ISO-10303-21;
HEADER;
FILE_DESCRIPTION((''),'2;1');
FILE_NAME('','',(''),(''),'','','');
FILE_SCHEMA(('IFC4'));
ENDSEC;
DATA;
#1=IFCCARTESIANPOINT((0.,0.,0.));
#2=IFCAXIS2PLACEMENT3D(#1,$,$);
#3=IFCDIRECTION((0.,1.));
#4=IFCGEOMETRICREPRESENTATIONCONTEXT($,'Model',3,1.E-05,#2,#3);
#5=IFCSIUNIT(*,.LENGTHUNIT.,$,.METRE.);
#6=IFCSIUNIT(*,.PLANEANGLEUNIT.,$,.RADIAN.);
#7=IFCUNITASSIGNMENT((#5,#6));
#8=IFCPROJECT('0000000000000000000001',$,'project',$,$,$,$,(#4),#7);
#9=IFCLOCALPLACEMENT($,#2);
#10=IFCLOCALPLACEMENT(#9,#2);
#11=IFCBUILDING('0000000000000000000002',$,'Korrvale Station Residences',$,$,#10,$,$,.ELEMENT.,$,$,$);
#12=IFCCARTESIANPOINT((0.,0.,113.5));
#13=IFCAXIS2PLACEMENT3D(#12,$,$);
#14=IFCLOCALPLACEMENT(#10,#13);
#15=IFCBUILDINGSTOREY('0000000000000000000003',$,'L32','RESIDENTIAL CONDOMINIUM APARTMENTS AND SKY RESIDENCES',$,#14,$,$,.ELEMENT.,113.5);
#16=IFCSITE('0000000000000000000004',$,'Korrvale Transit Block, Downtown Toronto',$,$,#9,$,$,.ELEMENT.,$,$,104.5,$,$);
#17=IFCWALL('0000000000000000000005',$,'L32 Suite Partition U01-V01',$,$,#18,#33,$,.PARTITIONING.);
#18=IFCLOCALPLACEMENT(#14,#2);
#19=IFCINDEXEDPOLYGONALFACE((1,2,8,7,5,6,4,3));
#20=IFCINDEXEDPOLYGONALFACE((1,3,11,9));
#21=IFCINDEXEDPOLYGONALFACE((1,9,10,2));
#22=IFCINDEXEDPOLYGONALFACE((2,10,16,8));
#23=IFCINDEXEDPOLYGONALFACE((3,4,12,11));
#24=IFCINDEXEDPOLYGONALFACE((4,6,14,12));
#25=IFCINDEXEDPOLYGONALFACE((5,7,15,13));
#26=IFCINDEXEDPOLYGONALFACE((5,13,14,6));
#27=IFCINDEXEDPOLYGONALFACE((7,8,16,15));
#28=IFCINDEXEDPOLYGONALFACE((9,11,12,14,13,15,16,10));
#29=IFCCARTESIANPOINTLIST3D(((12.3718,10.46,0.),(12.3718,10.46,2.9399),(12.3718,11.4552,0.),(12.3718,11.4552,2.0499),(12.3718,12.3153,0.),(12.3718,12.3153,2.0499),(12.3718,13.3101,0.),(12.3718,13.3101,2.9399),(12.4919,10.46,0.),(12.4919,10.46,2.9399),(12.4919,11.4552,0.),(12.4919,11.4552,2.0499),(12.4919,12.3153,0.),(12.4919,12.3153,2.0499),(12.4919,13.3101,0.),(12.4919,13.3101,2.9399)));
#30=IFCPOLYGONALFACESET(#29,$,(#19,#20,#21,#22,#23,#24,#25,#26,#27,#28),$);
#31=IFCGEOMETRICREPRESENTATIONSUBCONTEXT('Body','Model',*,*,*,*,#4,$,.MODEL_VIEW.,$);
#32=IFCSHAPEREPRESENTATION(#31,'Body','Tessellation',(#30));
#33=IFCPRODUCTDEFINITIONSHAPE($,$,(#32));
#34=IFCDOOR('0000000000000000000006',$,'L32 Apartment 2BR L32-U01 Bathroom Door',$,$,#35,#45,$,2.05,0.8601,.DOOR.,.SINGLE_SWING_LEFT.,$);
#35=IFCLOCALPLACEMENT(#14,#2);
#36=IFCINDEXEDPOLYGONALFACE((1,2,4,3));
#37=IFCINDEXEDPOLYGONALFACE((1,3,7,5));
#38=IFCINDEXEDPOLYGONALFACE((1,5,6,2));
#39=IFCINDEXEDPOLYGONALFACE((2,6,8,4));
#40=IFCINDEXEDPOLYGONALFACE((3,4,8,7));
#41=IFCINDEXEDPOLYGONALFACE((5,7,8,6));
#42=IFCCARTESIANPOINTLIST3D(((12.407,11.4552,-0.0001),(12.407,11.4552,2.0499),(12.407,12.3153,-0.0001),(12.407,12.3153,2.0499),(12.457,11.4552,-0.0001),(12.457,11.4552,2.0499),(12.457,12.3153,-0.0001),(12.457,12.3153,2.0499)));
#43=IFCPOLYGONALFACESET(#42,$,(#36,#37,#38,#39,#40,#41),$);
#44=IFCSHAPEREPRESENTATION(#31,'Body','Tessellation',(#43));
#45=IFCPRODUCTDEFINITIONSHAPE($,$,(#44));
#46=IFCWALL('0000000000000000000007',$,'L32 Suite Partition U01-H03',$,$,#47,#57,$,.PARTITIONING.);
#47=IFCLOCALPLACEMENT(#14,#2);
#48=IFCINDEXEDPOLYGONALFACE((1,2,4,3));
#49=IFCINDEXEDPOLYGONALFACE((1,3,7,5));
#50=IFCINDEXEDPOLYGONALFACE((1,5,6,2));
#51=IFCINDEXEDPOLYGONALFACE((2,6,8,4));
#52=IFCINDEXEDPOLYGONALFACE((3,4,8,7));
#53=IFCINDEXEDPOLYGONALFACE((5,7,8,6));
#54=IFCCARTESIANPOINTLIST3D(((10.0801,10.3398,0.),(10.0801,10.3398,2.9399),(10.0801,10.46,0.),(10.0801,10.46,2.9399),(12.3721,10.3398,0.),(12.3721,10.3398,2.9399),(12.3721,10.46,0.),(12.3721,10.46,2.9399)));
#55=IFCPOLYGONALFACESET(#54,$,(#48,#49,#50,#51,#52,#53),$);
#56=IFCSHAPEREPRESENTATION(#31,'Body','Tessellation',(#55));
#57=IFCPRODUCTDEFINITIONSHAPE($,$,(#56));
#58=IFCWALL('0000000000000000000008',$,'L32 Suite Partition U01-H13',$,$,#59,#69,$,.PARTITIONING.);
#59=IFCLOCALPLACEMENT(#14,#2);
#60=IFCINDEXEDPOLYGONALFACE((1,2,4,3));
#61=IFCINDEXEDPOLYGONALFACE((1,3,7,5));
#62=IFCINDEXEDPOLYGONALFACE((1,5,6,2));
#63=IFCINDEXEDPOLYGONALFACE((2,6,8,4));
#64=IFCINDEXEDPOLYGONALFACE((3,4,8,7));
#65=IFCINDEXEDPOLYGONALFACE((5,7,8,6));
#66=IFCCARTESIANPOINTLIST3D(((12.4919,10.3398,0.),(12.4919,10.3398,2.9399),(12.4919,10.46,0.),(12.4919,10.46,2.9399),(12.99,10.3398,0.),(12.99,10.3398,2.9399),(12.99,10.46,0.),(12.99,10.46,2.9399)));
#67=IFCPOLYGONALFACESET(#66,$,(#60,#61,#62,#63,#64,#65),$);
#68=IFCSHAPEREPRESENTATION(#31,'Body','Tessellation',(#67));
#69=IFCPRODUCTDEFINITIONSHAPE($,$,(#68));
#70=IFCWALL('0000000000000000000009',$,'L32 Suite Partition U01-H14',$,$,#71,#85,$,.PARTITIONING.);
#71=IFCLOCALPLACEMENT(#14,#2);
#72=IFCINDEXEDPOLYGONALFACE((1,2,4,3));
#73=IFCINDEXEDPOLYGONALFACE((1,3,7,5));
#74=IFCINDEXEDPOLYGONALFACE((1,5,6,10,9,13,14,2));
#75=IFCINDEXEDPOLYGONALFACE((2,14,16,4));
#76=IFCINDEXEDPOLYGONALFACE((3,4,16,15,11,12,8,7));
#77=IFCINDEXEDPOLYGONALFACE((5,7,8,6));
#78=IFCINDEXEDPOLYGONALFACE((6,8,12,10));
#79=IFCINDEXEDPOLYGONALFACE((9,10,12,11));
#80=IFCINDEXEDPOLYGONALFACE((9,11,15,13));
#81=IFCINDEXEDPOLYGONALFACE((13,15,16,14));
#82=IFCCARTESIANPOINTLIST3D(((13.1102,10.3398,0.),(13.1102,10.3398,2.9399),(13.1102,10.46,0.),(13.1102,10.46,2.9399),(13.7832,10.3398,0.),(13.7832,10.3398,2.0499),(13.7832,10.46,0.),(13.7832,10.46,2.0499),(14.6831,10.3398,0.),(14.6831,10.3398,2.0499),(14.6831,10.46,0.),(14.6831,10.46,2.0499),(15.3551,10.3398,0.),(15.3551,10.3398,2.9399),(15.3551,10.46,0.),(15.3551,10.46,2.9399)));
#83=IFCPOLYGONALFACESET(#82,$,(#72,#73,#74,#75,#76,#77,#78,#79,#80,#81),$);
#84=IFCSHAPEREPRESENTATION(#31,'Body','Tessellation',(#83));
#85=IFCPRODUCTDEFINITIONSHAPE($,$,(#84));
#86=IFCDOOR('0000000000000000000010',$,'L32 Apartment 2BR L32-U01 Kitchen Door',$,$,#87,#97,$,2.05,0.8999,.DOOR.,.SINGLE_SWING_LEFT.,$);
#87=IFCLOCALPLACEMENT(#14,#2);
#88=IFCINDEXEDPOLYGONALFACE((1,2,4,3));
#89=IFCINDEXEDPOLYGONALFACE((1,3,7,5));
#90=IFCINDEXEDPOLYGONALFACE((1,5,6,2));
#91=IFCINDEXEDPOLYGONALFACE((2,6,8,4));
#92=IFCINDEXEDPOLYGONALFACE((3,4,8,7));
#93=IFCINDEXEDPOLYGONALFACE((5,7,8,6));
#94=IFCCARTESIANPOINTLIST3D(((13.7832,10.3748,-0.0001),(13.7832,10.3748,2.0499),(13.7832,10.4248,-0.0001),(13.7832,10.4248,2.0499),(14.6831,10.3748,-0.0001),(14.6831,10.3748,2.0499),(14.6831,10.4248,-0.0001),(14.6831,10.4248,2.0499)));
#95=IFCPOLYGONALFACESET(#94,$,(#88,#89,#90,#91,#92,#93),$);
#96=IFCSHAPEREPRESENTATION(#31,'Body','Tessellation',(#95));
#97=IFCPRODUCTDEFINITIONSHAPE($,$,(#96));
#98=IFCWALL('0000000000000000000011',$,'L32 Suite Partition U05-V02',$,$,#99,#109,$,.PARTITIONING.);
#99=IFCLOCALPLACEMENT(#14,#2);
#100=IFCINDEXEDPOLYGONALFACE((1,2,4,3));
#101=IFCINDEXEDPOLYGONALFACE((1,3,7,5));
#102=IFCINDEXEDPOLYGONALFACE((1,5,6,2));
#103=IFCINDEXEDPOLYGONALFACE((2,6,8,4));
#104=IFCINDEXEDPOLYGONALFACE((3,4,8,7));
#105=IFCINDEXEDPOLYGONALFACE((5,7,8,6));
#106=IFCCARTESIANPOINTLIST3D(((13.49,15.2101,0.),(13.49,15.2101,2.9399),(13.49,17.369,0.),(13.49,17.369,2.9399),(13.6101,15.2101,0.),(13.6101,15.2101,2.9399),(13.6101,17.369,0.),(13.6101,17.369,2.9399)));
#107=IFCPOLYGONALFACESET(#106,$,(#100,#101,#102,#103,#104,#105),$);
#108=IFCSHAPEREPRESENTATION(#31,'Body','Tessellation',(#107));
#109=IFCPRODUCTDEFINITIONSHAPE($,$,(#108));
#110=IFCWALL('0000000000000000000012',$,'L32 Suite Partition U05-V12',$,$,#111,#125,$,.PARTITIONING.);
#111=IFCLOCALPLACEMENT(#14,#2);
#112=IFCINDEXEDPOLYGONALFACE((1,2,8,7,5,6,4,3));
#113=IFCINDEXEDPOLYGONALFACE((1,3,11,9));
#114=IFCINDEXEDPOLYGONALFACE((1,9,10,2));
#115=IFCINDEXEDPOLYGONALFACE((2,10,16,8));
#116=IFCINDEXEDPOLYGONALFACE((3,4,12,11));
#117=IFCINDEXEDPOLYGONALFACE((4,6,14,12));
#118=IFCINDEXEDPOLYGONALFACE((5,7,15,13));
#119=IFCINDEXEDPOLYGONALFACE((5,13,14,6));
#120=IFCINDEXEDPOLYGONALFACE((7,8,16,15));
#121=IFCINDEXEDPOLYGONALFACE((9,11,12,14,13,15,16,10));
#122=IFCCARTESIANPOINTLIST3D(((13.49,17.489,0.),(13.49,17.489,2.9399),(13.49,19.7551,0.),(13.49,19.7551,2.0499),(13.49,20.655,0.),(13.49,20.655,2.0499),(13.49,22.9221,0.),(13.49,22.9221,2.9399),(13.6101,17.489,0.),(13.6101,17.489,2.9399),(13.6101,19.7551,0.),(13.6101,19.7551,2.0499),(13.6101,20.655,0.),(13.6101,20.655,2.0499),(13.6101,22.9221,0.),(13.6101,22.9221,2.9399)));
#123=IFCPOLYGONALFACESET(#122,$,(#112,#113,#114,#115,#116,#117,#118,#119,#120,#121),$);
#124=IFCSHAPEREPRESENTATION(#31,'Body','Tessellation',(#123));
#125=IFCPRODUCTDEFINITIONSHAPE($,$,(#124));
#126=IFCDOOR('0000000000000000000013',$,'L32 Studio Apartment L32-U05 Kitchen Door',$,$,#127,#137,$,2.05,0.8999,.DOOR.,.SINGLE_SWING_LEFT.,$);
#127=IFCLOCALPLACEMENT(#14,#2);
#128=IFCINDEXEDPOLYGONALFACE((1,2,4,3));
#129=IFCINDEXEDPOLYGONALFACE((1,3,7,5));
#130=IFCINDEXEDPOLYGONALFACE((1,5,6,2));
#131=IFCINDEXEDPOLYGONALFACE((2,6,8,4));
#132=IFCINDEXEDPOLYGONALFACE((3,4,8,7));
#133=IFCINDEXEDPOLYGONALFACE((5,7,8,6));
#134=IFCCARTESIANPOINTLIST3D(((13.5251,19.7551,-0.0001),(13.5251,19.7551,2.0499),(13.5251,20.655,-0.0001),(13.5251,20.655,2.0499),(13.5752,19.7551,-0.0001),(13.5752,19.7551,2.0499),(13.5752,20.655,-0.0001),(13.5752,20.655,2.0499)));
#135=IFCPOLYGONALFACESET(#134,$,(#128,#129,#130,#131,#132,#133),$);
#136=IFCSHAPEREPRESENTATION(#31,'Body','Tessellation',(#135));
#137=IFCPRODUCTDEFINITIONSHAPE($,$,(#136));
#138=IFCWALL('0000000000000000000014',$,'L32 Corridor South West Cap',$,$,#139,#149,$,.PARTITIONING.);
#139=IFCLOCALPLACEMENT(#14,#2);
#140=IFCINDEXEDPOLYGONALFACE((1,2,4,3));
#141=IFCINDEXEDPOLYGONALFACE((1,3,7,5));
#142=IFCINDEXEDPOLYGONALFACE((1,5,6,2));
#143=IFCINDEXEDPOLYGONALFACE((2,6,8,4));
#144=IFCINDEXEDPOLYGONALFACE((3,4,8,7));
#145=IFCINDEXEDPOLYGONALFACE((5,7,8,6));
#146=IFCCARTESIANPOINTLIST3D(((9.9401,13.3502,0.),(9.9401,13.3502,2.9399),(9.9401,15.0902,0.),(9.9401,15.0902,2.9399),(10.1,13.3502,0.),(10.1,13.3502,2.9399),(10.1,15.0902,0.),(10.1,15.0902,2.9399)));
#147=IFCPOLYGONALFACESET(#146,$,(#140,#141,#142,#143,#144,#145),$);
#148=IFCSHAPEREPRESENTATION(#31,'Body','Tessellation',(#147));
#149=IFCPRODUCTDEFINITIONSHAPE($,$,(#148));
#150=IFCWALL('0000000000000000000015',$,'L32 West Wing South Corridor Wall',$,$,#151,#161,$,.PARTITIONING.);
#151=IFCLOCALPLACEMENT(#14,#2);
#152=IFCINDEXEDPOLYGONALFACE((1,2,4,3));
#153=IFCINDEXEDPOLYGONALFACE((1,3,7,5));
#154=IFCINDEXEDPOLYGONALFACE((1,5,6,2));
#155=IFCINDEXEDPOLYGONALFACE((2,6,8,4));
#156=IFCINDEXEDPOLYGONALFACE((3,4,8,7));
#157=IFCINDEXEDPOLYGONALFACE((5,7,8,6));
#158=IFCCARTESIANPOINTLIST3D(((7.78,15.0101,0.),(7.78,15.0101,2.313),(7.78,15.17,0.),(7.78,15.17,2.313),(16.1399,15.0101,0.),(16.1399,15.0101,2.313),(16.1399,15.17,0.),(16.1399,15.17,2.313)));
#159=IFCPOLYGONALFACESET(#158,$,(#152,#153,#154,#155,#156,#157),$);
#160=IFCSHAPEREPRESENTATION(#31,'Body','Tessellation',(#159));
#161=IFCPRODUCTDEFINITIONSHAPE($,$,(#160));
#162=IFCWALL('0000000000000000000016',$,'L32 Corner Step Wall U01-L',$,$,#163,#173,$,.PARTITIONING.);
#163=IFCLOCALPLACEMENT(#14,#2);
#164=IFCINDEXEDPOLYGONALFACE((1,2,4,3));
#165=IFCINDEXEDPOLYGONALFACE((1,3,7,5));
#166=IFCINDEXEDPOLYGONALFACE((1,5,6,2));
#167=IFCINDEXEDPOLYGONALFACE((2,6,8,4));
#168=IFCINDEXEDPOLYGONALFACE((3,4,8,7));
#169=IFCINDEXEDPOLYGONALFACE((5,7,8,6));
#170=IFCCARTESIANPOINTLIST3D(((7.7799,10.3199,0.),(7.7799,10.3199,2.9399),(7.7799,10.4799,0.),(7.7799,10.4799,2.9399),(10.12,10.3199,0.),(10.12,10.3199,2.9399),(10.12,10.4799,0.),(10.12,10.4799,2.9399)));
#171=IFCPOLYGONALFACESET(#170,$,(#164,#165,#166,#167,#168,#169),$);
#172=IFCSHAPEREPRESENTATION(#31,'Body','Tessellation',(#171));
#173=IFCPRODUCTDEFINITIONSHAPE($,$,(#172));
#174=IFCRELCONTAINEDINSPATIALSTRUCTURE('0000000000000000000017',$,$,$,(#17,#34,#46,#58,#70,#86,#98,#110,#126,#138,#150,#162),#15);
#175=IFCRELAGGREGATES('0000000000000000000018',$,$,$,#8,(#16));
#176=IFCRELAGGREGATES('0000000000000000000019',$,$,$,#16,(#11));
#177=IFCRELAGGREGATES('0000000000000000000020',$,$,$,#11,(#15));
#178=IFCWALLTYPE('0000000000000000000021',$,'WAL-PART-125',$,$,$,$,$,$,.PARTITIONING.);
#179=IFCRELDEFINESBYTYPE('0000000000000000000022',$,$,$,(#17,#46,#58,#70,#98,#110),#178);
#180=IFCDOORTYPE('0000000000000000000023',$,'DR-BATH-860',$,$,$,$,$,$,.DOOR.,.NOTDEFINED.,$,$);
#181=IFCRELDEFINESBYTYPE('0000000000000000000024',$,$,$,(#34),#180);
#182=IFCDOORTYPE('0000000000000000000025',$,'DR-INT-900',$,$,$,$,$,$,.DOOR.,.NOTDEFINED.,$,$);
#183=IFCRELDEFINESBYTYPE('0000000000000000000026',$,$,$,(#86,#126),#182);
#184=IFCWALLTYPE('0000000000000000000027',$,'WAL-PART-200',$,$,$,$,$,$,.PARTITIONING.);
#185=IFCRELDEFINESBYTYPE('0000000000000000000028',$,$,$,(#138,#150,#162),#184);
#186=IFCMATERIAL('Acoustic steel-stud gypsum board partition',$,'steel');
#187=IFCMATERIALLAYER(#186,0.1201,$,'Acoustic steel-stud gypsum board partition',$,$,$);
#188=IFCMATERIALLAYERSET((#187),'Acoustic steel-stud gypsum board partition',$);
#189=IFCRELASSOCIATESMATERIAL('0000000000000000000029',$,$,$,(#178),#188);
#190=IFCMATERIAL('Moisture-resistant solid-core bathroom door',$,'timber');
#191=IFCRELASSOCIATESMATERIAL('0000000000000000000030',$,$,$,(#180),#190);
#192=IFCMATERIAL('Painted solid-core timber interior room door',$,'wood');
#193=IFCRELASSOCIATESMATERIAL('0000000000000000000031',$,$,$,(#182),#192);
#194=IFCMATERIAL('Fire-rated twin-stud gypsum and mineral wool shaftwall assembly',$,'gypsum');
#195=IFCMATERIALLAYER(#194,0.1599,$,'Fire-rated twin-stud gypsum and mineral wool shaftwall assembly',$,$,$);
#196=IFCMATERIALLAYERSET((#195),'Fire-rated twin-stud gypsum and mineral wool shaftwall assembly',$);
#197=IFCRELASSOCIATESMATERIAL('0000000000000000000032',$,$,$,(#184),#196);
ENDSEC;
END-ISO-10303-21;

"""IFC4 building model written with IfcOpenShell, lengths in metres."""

from ifc_helpers import new_model, si_unit, direction, frame, frame_2d, origin, place, context, subcontext, project, spatial, rectangle, extrude, material, layer, layer_set, type_object, element, fill, save


model = new_model("IFC4")

# Units and contexts
model_context = context("Model", 3, precision=1e-05, world=origin(), true_north=direction((0.0, 1.0)))
body_context = subcontext(model_context, "Body", "Model", "MODEL_VIEW")
ifc_project = project(units=[si_unit("LENGTHUNIT", "METRE"), si_unit("PLANEANGLEUNIT", "RADIAN")], contexts=[model_context])

# Site, building, storey
site_placement = place(None, origin())
site = spatial("IfcSite", under=ifc_project, at=site_placement, Name="Korrvale Transit Block, Downtown Toronto", CompositionType="ELEMENT", RefElevation=104.5)
building_placement = place(site_placement, origin())
building = spatial("IfcBuilding", under=site, at=building_placement, Name="Korrvale Station Residences", CompositionType="ELEMENT")
storey_placement = place(building_placement, frame((0.0, 0.0, 113.5)))
storey = spatial("IfcBuildingStorey", under=building, at=storey_placement, Name="L32", Description="RESIDENTIAL CONDOMINIUM APARTMENTS AND SKY RESIDENCES", CompositionType="ELEMENT", Elevation=113.5)

# Wall, opening, door
ifc_material_1 = material(Name="Acoustic steel-stud gypsum board partition", Category="steel")
ifc_layer_1 = layer(ifc_material_1, 0.1201, Name="Acoustic steel-stud gypsum board partition")
ifc_layer_set_1 = layer_set([ifc_layer_1], Name="Acoustic steel-stud gypsum board partition")
wall_type_1 = type_object("IfcWallType", Name="WAL-PART-125", PredefinedType="PARTITIONING", material=ifc_layer_set_1)
wall_1_placement = place(storey_placement, frame((12.4319, 10.46, 0.0), z_axis=(0.0, 0.0, 1.0), x_axis=(0.0, 1.0, 0.0)))
wall_1 = element("IfcWall", 1, at=wall_1_placement, inside=storey, type_object=wall_type_1, Name="L32 Suite Partition U01-V01", PredefinedType="PARTITIONING", context=body_context, shape_type="SweptSolid", body=[
    extrude(rectangle(XDim=2.8501, YDim=0.1201, at=frame_2d((1.425, 0.0))), origin(), (0.0, 0.0, 1.0), 2.9399),
])
opening_1_placement = place(wall_1_placement, frame((0.9951, 0.0, 0.0)))
opening_1 = element("IfcOpeningElement", 2, at=opening_1_placement, cuts=wall_1, PredefinedType="OPENING", context=body_context, shape_type="SweptSolid", body=[
    extrude(rectangle(XDim=0.8601, YDim=2.05, at=frame_2d((0.4302, 1.0249))), frame((0.0, 0.0701, 0.0), z_axis=(0.0, -1.0, 0.0), x_axis=(1.0, 0.0, 0.0)), (0.0, 0.0, 1.0), 0.1401),
])
ifc_material_2 = material(Name="Moisture-resistant solid-core bathroom door", Category="timber")
door_type_1 = type_object("IfcDoorType", Name="DR-BATH-860", OperationType="NOTDEFINED", PredefinedType="DOOR", material=ifc_material_2)
door_1_placement = place(opening_1_placement, origin())
door_1 = element("IfcDoor", 3, at=door_1_placement, inside=storey, type_object=door_type_1, Name="L32 Apartment 2BR L32-U01 Bathroom Door", OperationType="SINGLE_SWING_LEFT", OverallHeight=2.05, OverallWidth=0.8601, PredefinedType="DOOR", context=body_context, shape_type="SweptSolid", body=[
    extrude(rectangle(XDim=0.8601, YDim=2.05, at=frame_2d((0.4302, 1.0249))), frame((0.0, 0.0249, 0.0), z_axis=(0.0, -1.0, 0.0), x_axis=(1.0, 0.0, 0.0)), (0.0, 0.0, 1.0), 0.05),
])
fill(opening_1, door_1)

# Walls
wall_2_placement = place(storey_placement, frame((10.0801, 10.3999, 0.0), z_axis=(0.0, 0.0, 1.0), x_axis=(1.0, 0.0, 0.0)))
element("IfcWall", 4, at=wall_2_placement, inside=storey, type_object=wall_type_1, Name="L32 Suite Partition U01-H03", PredefinedType="PARTITIONING", context=body_context, shape_type="SweptSolid", body=[
    extrude(rectangle(XDim=2.292, YDim=0.1201, at=frame_2d((1.146, 0.0))), origin(), (0.0, 0.0, 1.0), 2.9399),
])
wall_3_placement = place(storey_placement, frame((12.4919, 10.3999, 0.0), z_axis=(0.0, 0.0, 1.0), x_axis=(1.0, 0.0, 0.0)))
element("IfcWall", 5, at=wall_3_placement, inside=storey, type_object=wall_type_1, Name="L32 Suite Partition U01-H13", PredefinedType="PARTITIONING", context=body_context, shape_type="SweptSolid", body=[
    extrude(rectangle(XDim=0.498, YDim=0.1201, at=frame_2d((0.249, 0.0))), origin(), (0.0, 0.0, 1.0), 2.9399),
])

# Wall, opening, door
wall_4_placement = place(storey_placement, frame((13.1101, 10.3999, 0.0), z_axis=(0.0, 0.0, 1.0), x_axis=(1.0, 0.0, 0.0)))
wall_4 = element("IfcWall", 6, at=wall_4_placement, inside=storey, type_object=wall_type_1, Name="L32 Suite Partition U01-H14", PredefinedType="PARTITIONING", context=body_context, shape_type="SweptSolid", body=[
    extrude(rectangle(XDim=2.2449, YDim=0.1201, at=frame_2d((1.1226, 0.0))), origin(), (0.0, 0.0, 1.0), 2.9399),
])
opening_2_placement = place(wall_4_placement, frame((0.6731, 0.0, 0.0)))
opening_2 = element("IfcOpeningElement", 7, at=opening_2_placement, cuts=wall_4, PredefinedType="OPENING", context=body_context, shape_type="SweptSolid", body=[
    extrude(rectangle(XDim=0.8999, YDim=2.05, at=frame_2d((0.45, 1.0249))), frame((0.0, 0.0701, 0.0), z_axis=(0.0, -1.0, 0.0), x_axis=(1.0, 0.0, 0.0)), (0.0, 0.0, 1.0), 0.1401),
])
ifc_material_3 = material(Name="Painted solid-core timber interior room door", Category="wood")
door_type_2 = type_object("IfcDoorType", Name="DR-INT-900", OperationType="NOTDEFINED", PredefinedType="DOOR", material=ifc_material_3)
door_2_placement = place(opening_2_placement, origin())
door_2 = element("IfcDoor", 8, at=door_2_placement, inside=storey, type_object=door_type_2, Name="L32 Apartment 2BR L32-U01 Kitchen Door", OperationType="SINGLE_SWING_LEFT", OverallHeight=2.05, OverallWidth=0.8999, PredefinedType="DOOR", context=body_context, shape_type="SweptSolid", body=[
    extrude(rectangle(XDim=0.8999, YDim=2.05, at=frame_2d((0.45, 1.0249))), frame((0.0, 0.0249, 0.0), z_axis=(0.0, -1.0, 0.0), x_axis=(1.0, 0.0, 0.0)), (0.0, 0.0, 1.0), 0.05),
])
fill(opening_2, door_2)

# Wall
wall_5_placement = place(storey_placement, frame((13.55, 15.21, 0.0), z_axis=(0.0, 0.0, 1.0), x_axis=(0.0, 1.0, 0.0)))
element("IfcWall", 9, at=wall_5_placement, inside=storey, type_object=wall_type_1, Name="L32 Suite Partition U05-V02", PredefinedType="PARTITIONING", context=body_context, shape_type="SweptSolid", body=[
    extrude(rectangle(XDim=2.1589, YDim=0.1201, at=frame_2d((1.0796, 0.0))), origin(), (0.0, 0.0, 1.0), 2.9399),
])

# Wall, opening, door
wall_6_placement = place(storey_placement, frame((13.55, 17.489, 0.0), z_axis=(0.0, 0.0, 1.0), x_axis=(0.0, 1.0, 0.0)))
wall_6 = element("IfcWall", 10, at=wall_6_placement, inside=storey, type_object=wall_type_1, Name="L32 Suite Partition U05-V12", PredefinedType="PARTITIONING", context=body_context, shape_type="SweptSolid", body=[
    extrude(rectangle(XDim=5.4331, YDim=0.1201, at=frame_2d((2.7166, 0.0))), origin(), (0.0, 0.0, 1.0), 2.9399),
])
opening_3_placement = place(wall_6_placement, frame((2.2661, 0.0, 0.0)))
opening_3 = element("IfcOpeningElement", 11, at=opening_3_placement, cuts=wall_6, PredefinedType="OPENING", context=body_context, shape_type="SweptSolid", body=[
    extrude(rectangle(XDim=0.8999, YDim=2.05, at=frame_2d((0.45, 1.0249))), frame((0.0, 0.0701, 0.0), z_axis=(0.0, -1.0, 0.0), x_axis=(1.0, 0.0, 0.0)), (0.0, 0.0, 1.0), 0.1401),
])
door_3_placement = place(opening_3_placement, origin())
door_3 = element("IfcDoor", 12, at=door_3_placement, inside=storey, type_object=door_type_2, Name="L32 Studio Apartment L32-U05 Kitchen Door", OperationType="SINGLE_SWING_LEFT", OverallHeight=2.05, OverallWidth=0.8999, PredefinedType="DOOR", context=body_context, shape_type="SweptSolid", body=[
    extrude(rectangle(XDim=0.8999, YDim=2.05, at=frame_2d((0.45, 1.0249))), frame((0.0, 0.0249, 0.0), z_axis=(0.0, -1.0, 0.0), x_axis=(1.0, 0.0, 0.0)), (0.0, 0.0, 1.0), 0.05),
])
fill(opening_3, door_3)

# Walls
ifc_material_4 = material(Name="Fire-rated twin-stud gypsum and mineral wool shaftwall assembly", Category="gypsum")
ifc_layer_2 = layer(ifc_material_4, 0.1599, Name="Fire-rated twin-stud gypsum and mineral wool shaftwall assembly")
ifc_layer_set_2 = layer_set([ifc_layer_2], Name="Fire-rated twin-stud gypsum and mineral wool shaftwall assembly")
wall_type_2 = type_object("IfcWallType", Name="WAL-PART-200", PredefinedType="PARTITIONING", material=ifc_layer_set_2)
wall_7_placement = place(storey_placement, frame((10.02, 13.3501, 0.0), z_axis=(0.0, 0.0, 1.0), x_axis=(0.0, 1.0, 0.0)))
element("IfcWall", 13, at=wall_7_placement, inside=storey, type_object=wall_type_2, Name="L32 Corridor South West Cap", PredefinedType="PARTITIONING", context=body_context, shape_type="SweptSolid", body=[
    extrude(rectangle(XDim=1.74, YDim=0.1599, at=frame_2d((0.8701, 0.0))), origin(), (0.0, 0.0, 1.0), 2.9399),
])
wall_8_placement = place(storey_placement, frame((7.78, 15.0901, 0.0), z_axis=(0.0, 0.0, 1.0), x_axis=(1.0, 0.0, 0.0)))
element("IfcWall", 14, at=wall_8_placement, inside=storey, type_object=wall_type_2, Name="L32 West Wing South Corridor Wall", PredefinedType="PARTITIONING", context=body_context, shape_type="SweptSolid", body=[
    extrude(rectangle(XDim=8.3599, YDim=0.1599, at=frame_2d((4.1799, 0.0))), origin(), (0.0, 0.0, 1.0), 2.313),
])
wall_9_placement = place(storey_placement, frame((7.78, 10.3999, 0.0), z_axis=(0.0, 0.0, 1.0), x_axis=(1.0, 0.0, 0.0)))
element("IfcWall", 15, at=wall_9_placement, inside=storey, type_object=wall_type_2, Name="L32 Corner Step Wall U01-L", PredefinedType="PARTITIONING", context=body_context, shape_type="SweptSolid", body=[
    extrude(rectangle(XDim=2.3401, YDim=0.1599, at=frame_2d((1.1699, 0.0))), origin(), (0.0, 0.0, 1.0), 2.9399),
])

save(model, "model.ifc")
